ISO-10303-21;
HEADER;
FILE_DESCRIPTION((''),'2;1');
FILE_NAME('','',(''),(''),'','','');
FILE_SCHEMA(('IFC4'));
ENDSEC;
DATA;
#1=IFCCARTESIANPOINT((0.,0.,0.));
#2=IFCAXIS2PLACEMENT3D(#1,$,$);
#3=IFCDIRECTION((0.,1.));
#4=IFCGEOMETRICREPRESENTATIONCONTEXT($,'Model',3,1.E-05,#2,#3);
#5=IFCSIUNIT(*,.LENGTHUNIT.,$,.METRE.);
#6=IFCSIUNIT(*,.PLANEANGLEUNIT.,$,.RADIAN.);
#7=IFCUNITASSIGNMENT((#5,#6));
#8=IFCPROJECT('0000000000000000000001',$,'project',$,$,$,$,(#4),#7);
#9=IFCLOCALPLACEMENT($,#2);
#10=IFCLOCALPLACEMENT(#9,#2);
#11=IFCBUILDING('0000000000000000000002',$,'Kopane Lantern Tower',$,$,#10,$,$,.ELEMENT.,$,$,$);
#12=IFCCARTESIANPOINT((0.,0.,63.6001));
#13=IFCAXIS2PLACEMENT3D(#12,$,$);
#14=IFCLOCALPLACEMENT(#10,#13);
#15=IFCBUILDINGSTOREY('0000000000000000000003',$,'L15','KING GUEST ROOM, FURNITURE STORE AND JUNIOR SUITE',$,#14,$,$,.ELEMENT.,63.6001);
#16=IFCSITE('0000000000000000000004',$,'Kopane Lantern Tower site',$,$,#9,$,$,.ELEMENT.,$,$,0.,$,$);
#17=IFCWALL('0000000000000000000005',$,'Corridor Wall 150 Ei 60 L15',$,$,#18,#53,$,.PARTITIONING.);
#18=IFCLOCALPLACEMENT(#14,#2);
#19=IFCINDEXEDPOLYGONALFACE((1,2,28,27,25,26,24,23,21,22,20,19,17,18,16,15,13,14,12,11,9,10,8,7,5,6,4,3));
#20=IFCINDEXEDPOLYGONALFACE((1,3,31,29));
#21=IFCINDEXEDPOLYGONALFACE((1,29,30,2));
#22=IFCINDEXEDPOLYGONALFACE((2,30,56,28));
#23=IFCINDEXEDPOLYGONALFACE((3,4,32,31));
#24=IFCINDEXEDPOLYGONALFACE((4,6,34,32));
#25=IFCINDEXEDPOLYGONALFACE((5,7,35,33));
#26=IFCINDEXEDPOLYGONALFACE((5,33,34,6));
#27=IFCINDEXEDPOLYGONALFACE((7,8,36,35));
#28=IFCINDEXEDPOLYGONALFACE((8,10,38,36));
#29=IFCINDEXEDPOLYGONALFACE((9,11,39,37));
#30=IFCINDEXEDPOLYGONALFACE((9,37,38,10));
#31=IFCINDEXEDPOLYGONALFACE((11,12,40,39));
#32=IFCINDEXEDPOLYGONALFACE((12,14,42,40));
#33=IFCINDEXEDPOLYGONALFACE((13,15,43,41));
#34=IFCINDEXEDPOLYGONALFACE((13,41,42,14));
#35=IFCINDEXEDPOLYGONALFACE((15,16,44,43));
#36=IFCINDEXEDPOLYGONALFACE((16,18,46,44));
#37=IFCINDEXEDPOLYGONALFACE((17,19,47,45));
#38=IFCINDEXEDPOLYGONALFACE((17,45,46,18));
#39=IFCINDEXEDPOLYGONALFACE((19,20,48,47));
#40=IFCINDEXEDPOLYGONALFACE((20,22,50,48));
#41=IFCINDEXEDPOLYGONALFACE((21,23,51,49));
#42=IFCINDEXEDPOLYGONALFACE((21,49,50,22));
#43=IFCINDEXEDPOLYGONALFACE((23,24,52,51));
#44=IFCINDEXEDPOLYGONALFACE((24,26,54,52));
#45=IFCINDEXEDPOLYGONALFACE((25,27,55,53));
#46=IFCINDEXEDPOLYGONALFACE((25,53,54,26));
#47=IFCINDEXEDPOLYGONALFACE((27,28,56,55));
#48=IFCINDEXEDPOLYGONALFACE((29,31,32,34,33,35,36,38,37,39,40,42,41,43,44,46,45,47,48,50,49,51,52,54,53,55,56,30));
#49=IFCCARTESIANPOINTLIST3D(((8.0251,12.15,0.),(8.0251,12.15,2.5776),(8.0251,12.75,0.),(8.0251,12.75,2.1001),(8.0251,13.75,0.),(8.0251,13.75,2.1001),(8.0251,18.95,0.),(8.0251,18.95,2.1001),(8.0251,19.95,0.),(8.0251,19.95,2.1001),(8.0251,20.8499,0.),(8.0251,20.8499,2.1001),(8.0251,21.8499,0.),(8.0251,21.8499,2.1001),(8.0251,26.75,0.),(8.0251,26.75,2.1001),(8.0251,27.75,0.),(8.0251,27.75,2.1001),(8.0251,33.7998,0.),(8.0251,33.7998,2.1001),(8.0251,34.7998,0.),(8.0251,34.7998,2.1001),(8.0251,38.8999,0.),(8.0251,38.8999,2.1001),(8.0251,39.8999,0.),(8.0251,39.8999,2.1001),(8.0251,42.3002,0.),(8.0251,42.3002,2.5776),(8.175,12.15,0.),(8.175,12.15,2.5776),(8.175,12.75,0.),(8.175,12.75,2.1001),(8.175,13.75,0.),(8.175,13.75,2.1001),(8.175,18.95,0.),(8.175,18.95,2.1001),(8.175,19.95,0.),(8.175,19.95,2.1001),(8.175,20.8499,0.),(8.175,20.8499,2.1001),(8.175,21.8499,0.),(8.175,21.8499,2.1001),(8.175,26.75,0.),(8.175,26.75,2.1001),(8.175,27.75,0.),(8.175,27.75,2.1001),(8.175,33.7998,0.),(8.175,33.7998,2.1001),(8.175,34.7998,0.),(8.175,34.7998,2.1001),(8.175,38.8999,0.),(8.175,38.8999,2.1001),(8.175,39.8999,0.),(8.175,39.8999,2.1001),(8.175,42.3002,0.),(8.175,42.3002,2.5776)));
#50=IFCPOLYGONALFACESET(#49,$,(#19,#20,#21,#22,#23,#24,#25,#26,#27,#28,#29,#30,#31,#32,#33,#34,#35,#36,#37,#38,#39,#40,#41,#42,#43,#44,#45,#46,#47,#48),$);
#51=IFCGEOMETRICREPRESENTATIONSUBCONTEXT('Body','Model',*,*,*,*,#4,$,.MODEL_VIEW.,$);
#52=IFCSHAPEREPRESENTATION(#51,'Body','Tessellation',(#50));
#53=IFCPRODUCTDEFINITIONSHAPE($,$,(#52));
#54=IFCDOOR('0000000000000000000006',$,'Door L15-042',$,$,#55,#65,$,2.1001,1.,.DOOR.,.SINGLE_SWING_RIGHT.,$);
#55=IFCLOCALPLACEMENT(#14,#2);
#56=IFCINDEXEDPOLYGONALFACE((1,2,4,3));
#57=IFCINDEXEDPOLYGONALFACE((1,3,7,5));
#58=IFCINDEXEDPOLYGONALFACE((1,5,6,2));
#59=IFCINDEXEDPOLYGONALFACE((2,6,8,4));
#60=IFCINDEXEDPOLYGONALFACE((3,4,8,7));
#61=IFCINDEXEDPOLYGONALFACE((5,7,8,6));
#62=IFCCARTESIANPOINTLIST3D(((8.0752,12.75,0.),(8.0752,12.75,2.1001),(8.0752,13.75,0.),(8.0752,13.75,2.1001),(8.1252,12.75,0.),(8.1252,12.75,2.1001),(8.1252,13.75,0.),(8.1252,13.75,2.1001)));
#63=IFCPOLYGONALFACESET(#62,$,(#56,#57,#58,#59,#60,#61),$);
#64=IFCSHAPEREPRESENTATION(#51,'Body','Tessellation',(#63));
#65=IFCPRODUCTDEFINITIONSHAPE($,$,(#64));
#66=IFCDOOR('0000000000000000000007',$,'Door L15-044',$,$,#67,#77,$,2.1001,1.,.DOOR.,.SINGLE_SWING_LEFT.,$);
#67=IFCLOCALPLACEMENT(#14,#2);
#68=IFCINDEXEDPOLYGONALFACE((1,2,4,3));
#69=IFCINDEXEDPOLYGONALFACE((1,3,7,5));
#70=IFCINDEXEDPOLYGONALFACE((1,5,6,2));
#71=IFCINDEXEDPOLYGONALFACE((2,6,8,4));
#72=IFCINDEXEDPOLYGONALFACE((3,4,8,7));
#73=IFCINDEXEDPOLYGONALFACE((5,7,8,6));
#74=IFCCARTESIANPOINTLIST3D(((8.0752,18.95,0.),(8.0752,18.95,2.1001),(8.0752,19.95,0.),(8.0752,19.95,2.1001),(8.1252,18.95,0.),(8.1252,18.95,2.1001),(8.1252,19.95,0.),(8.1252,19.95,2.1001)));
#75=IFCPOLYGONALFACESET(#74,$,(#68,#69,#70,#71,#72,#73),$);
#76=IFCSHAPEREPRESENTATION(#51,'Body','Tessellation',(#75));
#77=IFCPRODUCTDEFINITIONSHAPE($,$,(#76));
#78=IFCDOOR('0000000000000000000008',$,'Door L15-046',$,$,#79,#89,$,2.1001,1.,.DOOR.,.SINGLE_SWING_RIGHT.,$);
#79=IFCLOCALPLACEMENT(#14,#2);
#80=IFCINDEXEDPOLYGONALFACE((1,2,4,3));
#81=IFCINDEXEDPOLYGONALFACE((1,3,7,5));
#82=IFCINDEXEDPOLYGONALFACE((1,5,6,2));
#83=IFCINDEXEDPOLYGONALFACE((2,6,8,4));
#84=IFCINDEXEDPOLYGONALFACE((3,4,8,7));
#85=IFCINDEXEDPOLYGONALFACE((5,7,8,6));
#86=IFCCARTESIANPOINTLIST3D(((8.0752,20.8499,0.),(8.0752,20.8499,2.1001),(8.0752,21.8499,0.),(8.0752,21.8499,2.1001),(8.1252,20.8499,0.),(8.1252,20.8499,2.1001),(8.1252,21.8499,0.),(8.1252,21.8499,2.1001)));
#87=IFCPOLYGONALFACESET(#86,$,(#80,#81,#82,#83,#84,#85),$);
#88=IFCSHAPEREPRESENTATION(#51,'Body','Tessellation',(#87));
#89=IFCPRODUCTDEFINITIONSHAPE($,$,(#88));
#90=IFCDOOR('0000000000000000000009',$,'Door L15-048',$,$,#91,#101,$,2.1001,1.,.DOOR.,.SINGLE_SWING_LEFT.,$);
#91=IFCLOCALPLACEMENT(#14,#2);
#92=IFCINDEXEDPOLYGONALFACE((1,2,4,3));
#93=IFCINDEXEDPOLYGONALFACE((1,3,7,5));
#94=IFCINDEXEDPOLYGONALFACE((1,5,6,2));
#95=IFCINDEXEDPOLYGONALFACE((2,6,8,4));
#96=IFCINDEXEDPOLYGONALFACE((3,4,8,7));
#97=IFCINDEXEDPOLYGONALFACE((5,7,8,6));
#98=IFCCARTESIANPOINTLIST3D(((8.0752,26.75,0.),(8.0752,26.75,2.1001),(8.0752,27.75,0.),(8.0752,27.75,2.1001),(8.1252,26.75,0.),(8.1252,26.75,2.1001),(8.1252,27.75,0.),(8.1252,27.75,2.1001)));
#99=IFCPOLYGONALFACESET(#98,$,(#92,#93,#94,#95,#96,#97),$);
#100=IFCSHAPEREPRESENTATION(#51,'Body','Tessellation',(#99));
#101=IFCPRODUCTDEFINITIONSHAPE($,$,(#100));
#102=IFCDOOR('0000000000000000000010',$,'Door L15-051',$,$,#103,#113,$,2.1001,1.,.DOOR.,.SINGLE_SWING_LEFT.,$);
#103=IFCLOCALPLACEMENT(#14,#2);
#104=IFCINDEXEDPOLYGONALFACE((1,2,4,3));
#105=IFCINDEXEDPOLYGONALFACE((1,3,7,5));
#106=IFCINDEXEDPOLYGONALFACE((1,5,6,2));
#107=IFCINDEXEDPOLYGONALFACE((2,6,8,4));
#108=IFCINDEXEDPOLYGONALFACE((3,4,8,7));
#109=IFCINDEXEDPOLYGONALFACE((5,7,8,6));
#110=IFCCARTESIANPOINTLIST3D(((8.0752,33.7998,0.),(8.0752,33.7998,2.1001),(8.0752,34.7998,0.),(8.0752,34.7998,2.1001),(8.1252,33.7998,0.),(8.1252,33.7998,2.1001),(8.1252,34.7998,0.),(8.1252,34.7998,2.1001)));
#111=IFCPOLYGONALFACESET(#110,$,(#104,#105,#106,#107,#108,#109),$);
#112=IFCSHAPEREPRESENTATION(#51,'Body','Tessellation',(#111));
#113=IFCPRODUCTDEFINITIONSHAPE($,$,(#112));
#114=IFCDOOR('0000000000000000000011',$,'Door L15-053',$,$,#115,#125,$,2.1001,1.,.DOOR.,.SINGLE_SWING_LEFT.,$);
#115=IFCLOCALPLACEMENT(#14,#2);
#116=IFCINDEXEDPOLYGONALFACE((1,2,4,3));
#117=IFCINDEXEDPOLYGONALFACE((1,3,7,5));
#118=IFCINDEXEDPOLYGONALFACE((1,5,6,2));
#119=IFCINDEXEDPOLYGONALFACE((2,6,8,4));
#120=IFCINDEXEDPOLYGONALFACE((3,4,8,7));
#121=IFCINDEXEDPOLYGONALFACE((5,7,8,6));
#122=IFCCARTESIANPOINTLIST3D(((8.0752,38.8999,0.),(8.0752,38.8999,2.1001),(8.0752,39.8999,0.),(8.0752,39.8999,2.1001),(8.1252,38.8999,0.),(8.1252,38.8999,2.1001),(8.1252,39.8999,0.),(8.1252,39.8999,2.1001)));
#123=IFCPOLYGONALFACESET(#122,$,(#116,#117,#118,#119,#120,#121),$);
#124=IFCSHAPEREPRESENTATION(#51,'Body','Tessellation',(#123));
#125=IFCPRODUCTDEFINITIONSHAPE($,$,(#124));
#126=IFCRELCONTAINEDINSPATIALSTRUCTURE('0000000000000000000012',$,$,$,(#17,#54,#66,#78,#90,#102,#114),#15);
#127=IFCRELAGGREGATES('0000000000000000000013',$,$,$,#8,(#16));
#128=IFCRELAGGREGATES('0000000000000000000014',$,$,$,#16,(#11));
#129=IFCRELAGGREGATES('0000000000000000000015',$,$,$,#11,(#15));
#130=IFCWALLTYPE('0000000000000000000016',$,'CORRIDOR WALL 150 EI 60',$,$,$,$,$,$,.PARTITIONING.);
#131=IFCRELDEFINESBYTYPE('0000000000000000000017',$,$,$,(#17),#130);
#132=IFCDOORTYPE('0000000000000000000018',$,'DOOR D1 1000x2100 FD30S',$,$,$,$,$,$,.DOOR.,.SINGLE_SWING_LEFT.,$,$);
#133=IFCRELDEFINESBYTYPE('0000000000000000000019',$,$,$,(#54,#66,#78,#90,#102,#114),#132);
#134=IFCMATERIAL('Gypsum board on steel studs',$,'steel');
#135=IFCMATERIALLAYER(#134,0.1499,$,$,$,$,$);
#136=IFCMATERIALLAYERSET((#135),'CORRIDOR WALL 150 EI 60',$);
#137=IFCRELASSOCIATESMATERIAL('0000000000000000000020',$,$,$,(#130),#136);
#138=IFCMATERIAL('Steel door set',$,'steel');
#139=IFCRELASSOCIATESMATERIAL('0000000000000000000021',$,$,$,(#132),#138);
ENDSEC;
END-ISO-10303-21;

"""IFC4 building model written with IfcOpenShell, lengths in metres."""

from ifc_helpers import new_model, si_unit, direction, frame, frame_2d, origin, place, context, subcontext, project, spatial, rectangle, extrude, material, layer, layer_set, type_object, element, fill, save


model = new_model("IFC4")

# Units and contexts
model_context = context("Model", 3, precision=1e-05, world=origin(), true_north=direction((0.0, 1.0)))
body_context = subcontext(model_context, "Body", "Model", "MODEL_VIEW")
ifc_project = project(units=[si_unit("LENGTHUNIT", "METRE"), si_unit("PLANEANGLEUNIT", "RADIAN")], contexts=[model_context])

# Site, building, storey
site_placement = place(None, origin())
site = spatial("IfcSite", under=ifc_project, at=site_placement, Name="Kopane Lantern Tower site", CompositionType="ELEMENT", RefElevation=0.0)
building_placement = place(site_placement, origin())
building = spatial("IfcBuilding", under=site, at=building_placement, Name="Kopane Lantern Tower", CompositionType="ELEMENT")
storey_placement = place(building_placement, frame((0.0, 0.0, 63.6001)))
storey = spatial("IfcBuildingStorey", under=building, at=storey_placement, Name="L15", Description="KING GUEST ROOM, FURNITURE STORE AND JUNIOR SUITE", CompositionType="ELEMENT", Elevation=63.6001)

# Wall, openings, doors
ifc_material_1 = material(Name="Gypsum board on steel studs", Category="steel")
ifc_layer_1 = layer(ifc_material_1, 0.1499)
ifc_layer_set_1 = layer_set([ifc_layer_1], Name="CORRIDOR WALL 150 EI 60")
wall_type_1 = type_object("IfcWallType", Name="CORRIDOR WALL 150 EI 60", PredefinedType="PARTITIONING", material=ifc_layer_set_1)
ifc_material_2 = material(Name="Steel door set", Category="steel")
door_type_1 = type_object("IfcDoorType", Name="DOOR D1 1000x2100 FD30S", OperationType="SINGLE_SWING_LEFT", PredefinedType="DOOR", material=ifc_material_2)
wall_1_placement = place(storey_placement, frame((8.1001, 12.1499, 0.0), z_axis=(0.0, 0.0, 1.0), x_axis=(0.0, 1.0, 0.0)))
wall_1 = element("IfcWall", 1, at=wall_1_placement, inside=storey, type_object=wall_type_1, Name="Corridor Wall 150 Ei 60 L15", PredefinedType="PARTITIONING", context=body_context, shape_type="SweptSolid", body=[
    extrude(rectangle(XDim=30.1501, YDim=0.1499, at=frame_2d((15.0752, 0.0))), origin(), (0.0, 0.0, 1.0), 2.5776),
])
opening_1_placement = place(wall_1_placement, frame((0.6001, 0.0, 0.0)))
opening_1 = element("IfcOpeningElement", 2, at=opening_1_placement, cuts=wall_1, PredefinedType="OPENING", context=body_context, shape_type="SweptSolid", body=[
    extrude(rectangle(XDim=1.0, YDim=2.1001, at=frame_2d((0.5, 1.05))), frame((0.0, 0.085, 0.0), z_axis=(0.0, -1.0, 0.0), x_axis=(1.0, 0.0, 0.0)), (0.0, 0.0, 1.0), 0.1699),
])
opening_2_placement = place(wall_1_placement, frame((6.8, 0.0, 0.0)))
opening_2 = element("IfcOpeningElement", 3, at=opening_2_placement, cuts=wall_1, PredefinedType="OPENING", context=body_context, shape_type="SweptSolid", body=[
    extrude(rectangle(XDim=1.0, YDim=2.1001, at=frame_2d((0.5, 1.05))), frame((0.0, 0.085, 0.0), z_axis=(0.0, -1.0, 0.0), x_axis=(1.0, 0.0, 0.0)), (0.0, 0.0, 1.0), 0.1699),
])
opening_3_placement = place(wall_1_placement, frame((8.7, 0.0, 0.0)))
opening_3 = element("IfcOpeningElement", 4, at=opening_3_placement, cuts=wall_1, PredefinedType="OPENING", context=body_context, shape_type="SweptSolid", body=[
    extrude(rectangle(XDim=1.0, YDim=2.1001, at=frame_2d((0.5, 1.05))), frame((0.0, 0.085, 0.0), z_axis=(0.0, -1.0, 0.0), x_axis=(1.0, 0.0, 0.0)), (0.0, 0.0, 1.0), 0.1699),
])
opening_4_placement = place(wall_1_placement, frame((14.6001, 0.0, 0.0)))
opening_4 = element("IfcOpeningElement", 5, at=opening_4_placement, cuts=wall_1, PredefinedType="OPENING", context=body_context, shape_type="SweptSolid", body=[
    extrude(rectangle(XDim=1.0, YDim=2.1001, at=frame_2d((0.5, 1.05))), frame((0.0, 0.085, 0.0), z_axis=(0.0, -1.0, 0.0), x_axis=(1.0, 0.0, 0.0)), (0.0, 0.0, 1.0), 0.1699),
])
opening_5_placement = place(wall_1_placement, frame((21.6499, 0.0, 0.0)))
opening_5 = element("IfcOpeningElement", 6, at=opening_5_placement, cuts=wall_1, PredefinedType="OPENING", context=body_context, shape_type="SweptSolid", body=[
    extrude(rectangle(XDim=1.0, YDim=2.1001, at=frame_2d((0.5, 1.05))), frame((0.0, 0.085, 0.0), z_axis=(0.0, -1.0, 0.0), x_axis=(1.0, 0.0, 0.0)), (0.0, 0.0, 1.0), 0.1699),
])
opening_6_placement = place(wall_1_placement, frame((26.75, 0.0, 0.0)))
opening_6 = element("IfcOpeningElement", 7, at=opening_6_placement, cuts=wall_1, PredefinedType="OPENING", context=body_context, shape_type="SweptSolid", body=[
    extrude(rectangle(XDim=1.0, YDim=2.1001, at=frame_2d((0.5, 1.05))), frame((0.0, 0.085, 0.0), z_axis=(0.0, -1.0, 0.0), x_axis=(1.0, 0.0, 0.0)), (0.0, 0.0, 1.0), 0.1699),
])
door_1_placement = place(opening_1_placement, origin())
door_1 = element("IfcDoor", 8, at=door_1_placement, inside=storey, type_object=door_type_1, Name="Door L15-042", OperationType="SINGLE_SWING_RIGHT", OverallHeight=2.1001, OverallWidth=1.0, PredefinedType="DOOR", context=body_context, shape_type="SweptSolid", body=[
    extrude(rectangle(XDim=1.0, YDim=2.1001, at=frame_2d((0.5, 1.05))), frame((0.0, 0.0249, 0.0), z_axis=(0.0, -1.0, 0.0), x_axis=(1.0, 0.0, 0.0)), (0.0, 0.0, 1.0), 0.05),
])
fill(opening_1, door_1)
door_2_placement = place(opening_2_placement, origin())
door_2 = element("IfcDoor", 9, at=door_2_placement, inside=storey, type_object=door_type_1, Name="Door L15-044", OperationType="SINGLE_SWING_LEFT", OverallHeight=2.1001, OverallWidth=1.0, PredefinedType="DOOR", context=body_context, shape_type="SweptSolid", body=[
    extrude(rectangle(XDim=1.0, YDim=2.1001, at=frame_2d((0.5, 1.05))), frame((0.0, 0.0249, 0.0), z_axis=(0.0, -1.0, 0.0), x_axis=(1.0, 0.0, 0.0)), (0.0, 0.0, 1.0), 0.05),
])
fill(opening_2, door_2)
door_3_placement = place(opening_3_placement, origin())
door_3 = element("IfcDoor", 10, at=door_3_placement, inside=storey, type_object=door_type_1, Name="Door L15-046", OperationType="SINGLE_SWING_RIGHT", OverallHeight=2.1001, OverallWidth=1.0, PredefinedType="DOOR", context=body_context, shape_type="SweptSolid", body=[
    extrude(rectangle(XDim=1.0, YDim=2.1001, at=frame_2d((0.5, 1.05))), frame((0.0, 0.0249, 0.0), z_axis=(0.0, -1.0, 0.0), x_axis=(1.0, 0.0, 0.0)), (0.0, 0.0, 1.0), 0.05),
])
fill(opening_3, door_3)
door_4_placement = place(opening_4_placement, origin())
door_4 = element("IfcDoor", 11, at=door_4_placement, inside=storey, type_object=door_type_1, Name="Door L15-048", OperationType="SINGLE_SWING_LEFT", OverallHeight=2.1001, OverallWidth=1.0, PredefinedType="DOOR", context=body_context, shape_type="SweptSolid", body=[
    extrude(rectangle(XDim=1.0, YDim=2.1001, at=frame_2d((0.5, 1.05))), frame((0.0, 0.0249, 0.0), z_axis=(0.0, -1.0, 0.0), x_axis=(1.0, 0.0, 0.0)), (0.0, 0.0, 1.0), 0.05),
])
fill(opening_4, door_4)
door_5_placement = place(opening_5_placement, origin())
door_5 = element("IfcDoor", 12, at=door_5_placement, inside=storey, type_object=door_type_1, Name="Door L15-051", OperationType="SINGLE_SWING_LEFT", OverallHeight=2.1001, OverallWidth=1.0, PredefinedType="DOOR", context=body_context, shape_type="SweptSolid", body=[
    extrude(rectangle(XDim=1.0, YDim=2.1001, at=frame_2d((0.5, 1.05))), frame((0.0, 0.0249, 0.0), z_axis=(0.0, -1.0, 0.0), x_axis=(1.0, 0.0, 0.0)), (0.0, 0.0, 1.0), 0.05),
])
fill(opening_5, door_5)
door_6_placement = place(opening_6_placement, origin())
door_6 = element("IfcDoor", 13, at=door_6_placement, inside=storey, type_object=door_type_1, Name="Door L15-053", OperationType="SINGLE_SWING_LEFT", OverallHeight=2.1001, OverallWidth=1.0, PredefinedType="DOOR", context=body_context, shape_type="SweptSolid", body=[
    extrude(rectangle(XDim=1.0, YDim=2.1001, at=frame_2d((0.5, 1.05))), frame((0.0, 0.0249, 0.0), z_axis=(0.0, -1.0, 0.0), x_axis=(1.0, 0.0, 0.0)), (0.0, 0.0, 1.0), 0.05),
])
fill(opening_6, door_6)

save(model, "model.ifc")
